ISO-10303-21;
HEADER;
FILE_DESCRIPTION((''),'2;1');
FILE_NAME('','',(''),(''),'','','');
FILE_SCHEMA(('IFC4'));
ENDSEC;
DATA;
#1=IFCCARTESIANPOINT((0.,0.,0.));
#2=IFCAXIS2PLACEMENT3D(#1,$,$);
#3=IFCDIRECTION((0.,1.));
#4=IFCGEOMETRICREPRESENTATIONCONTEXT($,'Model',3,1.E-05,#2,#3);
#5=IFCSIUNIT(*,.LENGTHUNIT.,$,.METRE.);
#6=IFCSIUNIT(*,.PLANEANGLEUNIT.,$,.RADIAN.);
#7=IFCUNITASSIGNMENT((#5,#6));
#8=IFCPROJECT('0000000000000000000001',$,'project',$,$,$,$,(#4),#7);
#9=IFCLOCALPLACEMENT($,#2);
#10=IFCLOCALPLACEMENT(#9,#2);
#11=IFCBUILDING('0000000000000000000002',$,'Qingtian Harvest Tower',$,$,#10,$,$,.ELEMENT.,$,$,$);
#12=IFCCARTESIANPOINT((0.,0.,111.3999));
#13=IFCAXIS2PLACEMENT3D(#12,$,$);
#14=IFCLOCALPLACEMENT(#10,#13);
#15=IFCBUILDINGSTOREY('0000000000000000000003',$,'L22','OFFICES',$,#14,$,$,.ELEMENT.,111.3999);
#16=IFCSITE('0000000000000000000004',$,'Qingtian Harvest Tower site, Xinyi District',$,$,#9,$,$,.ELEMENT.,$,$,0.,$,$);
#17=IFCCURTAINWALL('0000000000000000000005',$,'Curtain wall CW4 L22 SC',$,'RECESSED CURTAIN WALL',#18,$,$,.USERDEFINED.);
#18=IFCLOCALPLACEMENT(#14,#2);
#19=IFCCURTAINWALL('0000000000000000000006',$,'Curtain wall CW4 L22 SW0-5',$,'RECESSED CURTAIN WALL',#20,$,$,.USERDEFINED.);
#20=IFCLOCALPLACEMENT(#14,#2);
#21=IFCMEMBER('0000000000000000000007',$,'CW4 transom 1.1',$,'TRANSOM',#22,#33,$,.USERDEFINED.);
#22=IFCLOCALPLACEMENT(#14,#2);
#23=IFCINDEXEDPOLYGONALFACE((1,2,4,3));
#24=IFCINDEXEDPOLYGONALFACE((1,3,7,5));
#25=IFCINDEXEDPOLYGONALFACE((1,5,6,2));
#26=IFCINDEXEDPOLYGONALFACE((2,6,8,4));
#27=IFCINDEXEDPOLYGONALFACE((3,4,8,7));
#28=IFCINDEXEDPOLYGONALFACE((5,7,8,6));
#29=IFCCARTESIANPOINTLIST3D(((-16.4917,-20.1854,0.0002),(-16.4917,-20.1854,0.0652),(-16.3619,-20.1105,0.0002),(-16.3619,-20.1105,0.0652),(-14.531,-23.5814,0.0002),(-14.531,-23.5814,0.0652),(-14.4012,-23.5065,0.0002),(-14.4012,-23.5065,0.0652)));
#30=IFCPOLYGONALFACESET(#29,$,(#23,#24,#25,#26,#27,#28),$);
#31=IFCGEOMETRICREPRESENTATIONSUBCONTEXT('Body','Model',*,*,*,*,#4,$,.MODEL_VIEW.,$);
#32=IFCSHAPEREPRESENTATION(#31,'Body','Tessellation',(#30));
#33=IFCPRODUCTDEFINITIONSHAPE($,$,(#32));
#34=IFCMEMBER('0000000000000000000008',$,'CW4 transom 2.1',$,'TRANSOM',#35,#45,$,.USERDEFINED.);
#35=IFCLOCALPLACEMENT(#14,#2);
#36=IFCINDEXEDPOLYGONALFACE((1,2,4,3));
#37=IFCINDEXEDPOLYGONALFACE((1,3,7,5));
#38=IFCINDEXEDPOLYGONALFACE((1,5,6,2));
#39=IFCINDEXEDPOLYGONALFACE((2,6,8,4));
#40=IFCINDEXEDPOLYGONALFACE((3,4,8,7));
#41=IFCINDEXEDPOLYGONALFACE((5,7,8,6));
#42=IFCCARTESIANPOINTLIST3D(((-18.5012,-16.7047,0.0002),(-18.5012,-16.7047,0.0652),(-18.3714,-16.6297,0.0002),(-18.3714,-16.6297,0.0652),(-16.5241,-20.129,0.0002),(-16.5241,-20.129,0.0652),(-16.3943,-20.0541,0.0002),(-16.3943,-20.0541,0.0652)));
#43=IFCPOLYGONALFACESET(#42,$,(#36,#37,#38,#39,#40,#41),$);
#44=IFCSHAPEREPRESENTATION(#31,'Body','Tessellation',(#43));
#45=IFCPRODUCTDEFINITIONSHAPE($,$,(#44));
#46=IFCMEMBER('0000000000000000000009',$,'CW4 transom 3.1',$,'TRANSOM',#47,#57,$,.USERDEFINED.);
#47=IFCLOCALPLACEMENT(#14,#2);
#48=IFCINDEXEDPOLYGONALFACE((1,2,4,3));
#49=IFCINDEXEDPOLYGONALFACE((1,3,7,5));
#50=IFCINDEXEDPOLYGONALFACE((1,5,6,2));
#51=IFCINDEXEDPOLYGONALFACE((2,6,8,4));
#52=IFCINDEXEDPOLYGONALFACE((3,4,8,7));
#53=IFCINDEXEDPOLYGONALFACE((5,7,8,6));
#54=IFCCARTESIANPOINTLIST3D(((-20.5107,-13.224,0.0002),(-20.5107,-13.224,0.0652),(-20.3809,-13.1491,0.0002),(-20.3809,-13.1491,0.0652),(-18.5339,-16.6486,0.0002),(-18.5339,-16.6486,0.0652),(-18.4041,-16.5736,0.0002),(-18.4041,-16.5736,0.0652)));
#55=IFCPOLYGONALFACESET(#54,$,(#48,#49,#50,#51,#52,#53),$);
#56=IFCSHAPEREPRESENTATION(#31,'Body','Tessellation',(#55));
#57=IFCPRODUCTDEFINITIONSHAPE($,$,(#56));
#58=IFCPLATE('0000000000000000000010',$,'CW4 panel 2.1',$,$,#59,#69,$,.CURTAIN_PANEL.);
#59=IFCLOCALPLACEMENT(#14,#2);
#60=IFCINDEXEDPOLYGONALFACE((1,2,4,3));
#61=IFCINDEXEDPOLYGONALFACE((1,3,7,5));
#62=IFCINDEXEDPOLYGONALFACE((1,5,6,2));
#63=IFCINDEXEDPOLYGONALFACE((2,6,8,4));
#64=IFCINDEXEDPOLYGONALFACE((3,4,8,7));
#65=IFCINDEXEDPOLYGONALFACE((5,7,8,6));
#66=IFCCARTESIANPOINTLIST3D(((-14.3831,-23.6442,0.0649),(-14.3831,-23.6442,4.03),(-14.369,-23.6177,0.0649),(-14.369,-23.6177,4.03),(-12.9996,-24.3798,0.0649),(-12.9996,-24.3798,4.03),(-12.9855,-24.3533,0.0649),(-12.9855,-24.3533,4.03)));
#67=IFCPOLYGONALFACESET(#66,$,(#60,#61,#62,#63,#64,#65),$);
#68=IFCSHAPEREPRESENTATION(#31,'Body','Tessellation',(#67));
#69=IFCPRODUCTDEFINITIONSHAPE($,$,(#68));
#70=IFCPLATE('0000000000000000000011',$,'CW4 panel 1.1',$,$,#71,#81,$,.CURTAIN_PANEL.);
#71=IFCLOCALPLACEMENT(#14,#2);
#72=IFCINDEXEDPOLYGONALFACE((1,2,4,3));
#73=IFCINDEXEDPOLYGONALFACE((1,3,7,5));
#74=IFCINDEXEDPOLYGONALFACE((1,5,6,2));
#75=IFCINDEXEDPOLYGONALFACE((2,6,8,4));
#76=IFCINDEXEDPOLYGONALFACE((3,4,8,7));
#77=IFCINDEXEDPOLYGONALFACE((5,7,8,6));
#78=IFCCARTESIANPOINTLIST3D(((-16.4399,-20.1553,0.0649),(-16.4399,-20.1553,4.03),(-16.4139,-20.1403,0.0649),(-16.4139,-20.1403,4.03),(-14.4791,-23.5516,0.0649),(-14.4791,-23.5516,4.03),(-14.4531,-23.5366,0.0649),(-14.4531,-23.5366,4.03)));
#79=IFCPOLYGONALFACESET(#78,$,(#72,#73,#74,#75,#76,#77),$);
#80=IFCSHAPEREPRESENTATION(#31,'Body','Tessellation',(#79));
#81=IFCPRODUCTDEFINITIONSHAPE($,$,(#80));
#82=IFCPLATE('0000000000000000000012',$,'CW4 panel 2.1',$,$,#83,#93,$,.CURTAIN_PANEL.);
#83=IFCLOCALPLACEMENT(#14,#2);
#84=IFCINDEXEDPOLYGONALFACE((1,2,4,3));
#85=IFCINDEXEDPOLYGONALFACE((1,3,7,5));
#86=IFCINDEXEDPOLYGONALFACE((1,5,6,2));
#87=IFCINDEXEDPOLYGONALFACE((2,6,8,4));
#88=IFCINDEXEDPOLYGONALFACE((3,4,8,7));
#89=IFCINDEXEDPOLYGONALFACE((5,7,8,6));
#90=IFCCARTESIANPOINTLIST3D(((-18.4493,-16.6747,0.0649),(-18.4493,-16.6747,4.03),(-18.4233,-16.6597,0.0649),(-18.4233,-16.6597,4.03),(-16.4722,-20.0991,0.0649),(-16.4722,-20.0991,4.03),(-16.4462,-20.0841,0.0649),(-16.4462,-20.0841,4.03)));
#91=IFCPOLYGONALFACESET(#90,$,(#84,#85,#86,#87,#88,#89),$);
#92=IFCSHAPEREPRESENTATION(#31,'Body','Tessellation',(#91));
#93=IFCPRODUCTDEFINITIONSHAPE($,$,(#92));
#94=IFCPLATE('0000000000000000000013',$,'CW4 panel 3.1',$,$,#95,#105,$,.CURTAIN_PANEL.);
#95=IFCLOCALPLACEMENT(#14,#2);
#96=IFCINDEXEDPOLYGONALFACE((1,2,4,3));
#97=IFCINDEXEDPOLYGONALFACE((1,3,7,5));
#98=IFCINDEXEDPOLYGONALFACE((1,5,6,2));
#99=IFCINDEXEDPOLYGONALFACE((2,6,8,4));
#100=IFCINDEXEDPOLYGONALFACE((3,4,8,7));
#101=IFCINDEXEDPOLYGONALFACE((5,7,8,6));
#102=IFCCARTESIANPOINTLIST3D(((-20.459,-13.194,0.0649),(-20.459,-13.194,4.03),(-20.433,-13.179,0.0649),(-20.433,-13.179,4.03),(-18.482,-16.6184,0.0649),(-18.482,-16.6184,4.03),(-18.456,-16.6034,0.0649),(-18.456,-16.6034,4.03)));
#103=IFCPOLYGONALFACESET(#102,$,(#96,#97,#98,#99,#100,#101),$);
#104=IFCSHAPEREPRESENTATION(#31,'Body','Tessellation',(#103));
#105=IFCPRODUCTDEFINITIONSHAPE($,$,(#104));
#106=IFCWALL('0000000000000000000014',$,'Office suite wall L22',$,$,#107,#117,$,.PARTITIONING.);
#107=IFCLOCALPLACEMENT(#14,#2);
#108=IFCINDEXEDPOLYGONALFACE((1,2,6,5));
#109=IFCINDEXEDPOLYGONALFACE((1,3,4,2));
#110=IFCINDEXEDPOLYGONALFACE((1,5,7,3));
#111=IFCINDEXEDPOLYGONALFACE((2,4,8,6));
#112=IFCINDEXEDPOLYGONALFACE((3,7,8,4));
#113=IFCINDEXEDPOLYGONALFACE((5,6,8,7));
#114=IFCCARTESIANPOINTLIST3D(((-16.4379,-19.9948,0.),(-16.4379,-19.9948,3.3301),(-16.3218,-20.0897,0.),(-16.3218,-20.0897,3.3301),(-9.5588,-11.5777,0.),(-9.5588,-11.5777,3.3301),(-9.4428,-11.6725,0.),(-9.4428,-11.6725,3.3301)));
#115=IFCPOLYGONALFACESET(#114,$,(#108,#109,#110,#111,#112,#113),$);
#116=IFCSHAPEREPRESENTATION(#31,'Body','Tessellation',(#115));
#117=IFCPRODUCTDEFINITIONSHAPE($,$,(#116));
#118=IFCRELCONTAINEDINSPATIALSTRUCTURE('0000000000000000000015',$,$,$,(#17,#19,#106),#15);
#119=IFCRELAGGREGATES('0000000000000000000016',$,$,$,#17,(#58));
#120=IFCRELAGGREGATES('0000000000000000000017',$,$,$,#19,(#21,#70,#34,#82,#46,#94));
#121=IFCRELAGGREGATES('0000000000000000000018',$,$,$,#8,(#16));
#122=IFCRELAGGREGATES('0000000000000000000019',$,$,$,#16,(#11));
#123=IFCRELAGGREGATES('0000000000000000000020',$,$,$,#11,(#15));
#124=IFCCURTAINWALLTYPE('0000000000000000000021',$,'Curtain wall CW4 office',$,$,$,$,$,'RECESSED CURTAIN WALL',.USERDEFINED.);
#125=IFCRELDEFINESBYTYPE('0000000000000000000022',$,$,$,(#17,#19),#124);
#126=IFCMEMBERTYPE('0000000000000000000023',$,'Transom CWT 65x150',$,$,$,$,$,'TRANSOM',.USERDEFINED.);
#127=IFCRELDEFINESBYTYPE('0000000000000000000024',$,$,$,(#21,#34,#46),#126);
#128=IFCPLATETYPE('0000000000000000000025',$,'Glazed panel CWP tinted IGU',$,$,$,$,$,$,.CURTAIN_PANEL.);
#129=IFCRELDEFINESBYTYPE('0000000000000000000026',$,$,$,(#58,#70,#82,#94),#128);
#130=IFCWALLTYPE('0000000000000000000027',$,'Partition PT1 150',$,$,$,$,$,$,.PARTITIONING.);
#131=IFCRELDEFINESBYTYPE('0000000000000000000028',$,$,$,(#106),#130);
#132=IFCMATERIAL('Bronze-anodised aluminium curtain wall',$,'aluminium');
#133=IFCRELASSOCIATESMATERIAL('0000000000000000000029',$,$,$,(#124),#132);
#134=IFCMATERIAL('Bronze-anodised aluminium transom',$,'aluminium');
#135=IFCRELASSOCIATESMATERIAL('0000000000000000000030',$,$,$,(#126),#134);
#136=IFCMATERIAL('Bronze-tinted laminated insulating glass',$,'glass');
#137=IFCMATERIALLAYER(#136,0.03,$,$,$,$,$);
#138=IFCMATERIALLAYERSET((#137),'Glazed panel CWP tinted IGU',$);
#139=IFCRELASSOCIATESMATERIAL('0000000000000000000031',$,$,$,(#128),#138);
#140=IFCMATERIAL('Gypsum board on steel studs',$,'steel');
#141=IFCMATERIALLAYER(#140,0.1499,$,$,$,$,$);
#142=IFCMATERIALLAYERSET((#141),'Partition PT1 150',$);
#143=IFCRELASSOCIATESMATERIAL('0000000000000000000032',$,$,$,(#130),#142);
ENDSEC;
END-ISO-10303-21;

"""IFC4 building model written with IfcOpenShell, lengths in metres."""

from ifc_helpers import new_model, si_unit, direction, frame, frame_2d, origin, origin_2d, place, context, subcontext, project, spatial, rectangle, extrude, material, layer, layer_set, material_profile, profile_set, type_object, element, aggregate, save


model = new_model("IFC4")

# Units and contexts
model_context = context("Model", 3, precision=1e-05, world=origin(), true_north=direction((0.0, 1.0)))
body_context = subcontext(model_context, "Body", "Model", "MODEL_VIEW")
ifc_project = project(units=[si_unit("LENGTHUNIT", "METRE"), si_unit("PLANEANGLEUNIT", "RADIAN")], contexts=[model_context])

# Site, building, storey
site_placement = place(None, origin())
site = spatial("IfcSite", under=ifc_project, at=site_placement, Name="Qingtian Harvest Tower site, Xinyi District", CompositionType="ELEMENT", RefElevation=0.0)
building_placement = place(site_placement, origin())
building = spatial("IfcBuilding", under=site, at=building_placement, Name="Qingtian Harvest Tower", CompositionType="ELEMENT")
storey_placement = place(building_placement, frame((0.0, 0.0, 111.3999)))
storey = spatial("IfcBuildingStorey", under=building, at=storey_placement, Name="L22", Description="OFFICES", CompositionType="ELEMENT", Elevation=111.3999)

# Curtain walls
ifc_material_1 = material(Name="Bronze-anodised aluminium curtain wall", Category="aluminium")
curtain_wall_type = type_object("IfcCurtainWallType", Name="Curtain wall CW4 office", ElementType="RECESSED CURTAIN WALL", PredefinedType="USERDEFINED", material=ifc_material_1)
curtain_wall_1_placement = place(storey_placement, origin())
curtain_wall_1 = element("IfcCurtainWall", 1, at=curtain_wall_1_placement, inside=storey, type_object=curtain_wall_type, Name="Curtain wall CW4 L22 SC", ObjectType="RECESSED CURTAIN WALL", PredefinedType="USERDEFINED")
curtain_wall_2_placement = place(storey_placement, origin())
curtain_wall_2 = element("IfcCurtainWall", 2, at=curtain_wall_2_placement, inside=storey, type_object=curtain_wall_type, Name="Curtain wall CW4 L22 SW0-5", ObjectType="RECESSED CURTAIN WALL", PredefinedType="USERDEFINED")

# Members
ifc_material_2 = material(Name="Bronze-anodised aluminium transom", Category="aluminium")
ifc_material_profile_1 = material_profile(ifc_material_2, rectangle(XDim=0.1499, YDim=0.0649, at=origin_2d()), Name="AL 65x150")
ifc_profile_set_1 = profile_set([ifc_material_profile_1], Name="Bronze-anodised aluminium transom")
member_type_1 = type_object("IfcMemberType", Name="Transom CWT 65x150", ElementType="TRANSOM", PredefinedType="USERDEFINED", material=ifc_profile_set_1)
member_1_placement = place(storey_placement, frame((-14.4661, -23.5439, 0.0327), z_axis=(-0.500003, 0.866024, 0.0), x_axis=(-0.866024, -0.500003, 0.0)))
member_1 = element("IfcMember", 3, at=member_1_placement, type_object=member_type_1, Name="CW4 transom 1.1", ObjectType="TRANSOM", PredefinedType="USERDEFINED", context=body_context, shape_type="SweptSolid", body=[
    extrude(rectangle(XDim=0.1499, YDim=0.0649, at=origin_2d()), origin(), (0.0, 0.0, 1.0), 3.9214),
])
member_2_placement = place(storey_placement, frame((-16.4592, -20.0916, 0.0327), z_axis=(-0.500004, 0.866023, 0.0), x_axis=(-0.866023, -0.500004, 0.0)))
member_2 = element("IfcMember", 4, at=member_2_placement, type_object=member_type_1, Name="CW4 transom 2.1", ObjectType="TRANSOM", PredefinedType="USERDEFINED", context=body_context, shape_type="SweptSolid", body=[
    extrude(rectangle(XDim=0.1499, YDim=0.0649, at=origin_2d()), origin(), (0.0, 0.0, 1.0), 3.9541),
])
member_3_placement = place(storey_placement, frame((-18.469, -16.6111, 0.0327), z_axis=(-0.499931, 0.866065, 0.0), x_axis=(-0.866065, -0.499931, 0.0)))
member_3 = element("IfcMember", 5, at=member_3_placement, type_object=member_type_1, Name="CW4 transom 3.1", ObjectType="TRANSOM", PredefinedType="USERDEFINED", context=body_context, shape_type="SweptSolid", body=[
    extrude(rectangle(XDim=0.1499, YDim=0.0649, at=origin_2d()), origin(), (0.0, 0.0, 1.0), 3.9541),
])

# Plates
ifc_material_3 = material(Name="Bronze-tinted laminated insulating glass", Category="glass")
ifc_layer_1 = layer(ifc_material_3, 0.03)
ifc_layer_set_1 = layer_set([ifc_layer_1], Name="Glazed panel CWP tinted IGU")
plate_type = type_object("IfcPlateType", Name="Glazed panel CWP tinted IGU", PredefinedType="CURTAIN_PANEL", material=ifc_layer_set_1)
plate_1_placement = place(storey_placement, frame((-13.6843, -23.9988, 0.0649), z_axis=(0.0, 0.0, 1.0), x_axis=(-0.882948, 0.469472, 0.0)))
plate_1 = element("IfcPlate", 6, at=plate_1_placement, type_object=plate_type, Name="CW4 panel 2.1", PredefinedType="CURTAIN_PANEL", context=body_context, shape_type="SweptSolid", body=[
    extrude(rectangle(XDim=1.5669, YDim=0.03, at=origin_2d()), origin(), (0.0, 0.0, 1.0), 3.9651),
])
aggregate(curtain_wall_1, [plate_1])
plate_2_placement = place(storey_placement, frame((-15.4465, -21.8459, 0.0649), z_axis=(0.0, 0.0, 1.0), x_axis=(-0.5, 0.866025, 0.0)))
plate_2 = element("IfcPlate", 7, at=plate_2_placement, type_object=plate_type, Name="CW4 panel 1.1", PredefinedType="CURTAIN_PANEL", context=body_context, shape_type="SweptSolid", body=[
    extrude(rectangle(XDim=3.9216, YDim=0.03, at=origin_2d()), origin(), (0.0, 0.0, 1.0), 3.9651),
])
plate_3_placement = place(storey_placement, frame((-17.4478, -18.3794, 0.0649), z_axis=(0.0, 0.0, 1.0), x_axis=(-0.5, 0.866025, 0.0)))
plate_3 = element("IfcPlate", 8, at=plate_3_placement, type_object=plate_type, Name="CW4 panel 2.1", PredefinedType="CURTAIN_PANEL", context=body_context, shape_type="SweptSolid", body=[
    extrude(rectangle(XDim=3.9541, YDim=0.03, at=origin_2d()), origin(), (0.0, 0.0, 1.0), 3.9651),
])
plate_4_placement = place(storey_placement, frame((-19.4575, -14.8987, 0.0649), z_axis=(0.0, 0.0, 1.0), x_axis=(-0.5, 0.866025, 0.0)))
plate_4 = element("IfcPlate", 9, at=plate_4_placement, type_object=plate_type, Name="CW4 panel 3.1", PredefinedType="CURTAIN_PANEL", context=body_context, shape_type="SweptSolid", body=[
    extrude(rectangle(XDim=3.9541, YDim=0.03, at=origin_2d()), origin(), (0.0, 0.0, 1.0), 3.9651),
])
aggregate(curtain_wall_2, [member_1, plate_2, member_2, plate_3, member_3, plate_4])

# Wall
ifc_material_4 = material(Name="Gypsum board on steel studs", Category="steel")
ifc_layer_2 = layer(ifc_material_4, 0.1499)
ifc_layer_set_2 = layer_set([ifc_layer_2], Name="Partition PT1 150")
wall_type = type_object("IfcWallType", Name="Partition PT1 150", PredefinedType="PARTITIONING", material=ifc_layer_set_2)
wall_placement = place(storey_placement, frame((-16.3799, -20.0422, 0.0), z_axis=(0.0, 0.0, 1.0), x_axis=(0.632815, 0.774303, 0.0)))
element("IfcWall", 10, at=wall_placement, inside=storey, type_object=wall_type, Name="Office suite wall L22", PredefinedType="PARTITIONING", context=body_context, shape_type="SweptSolid", body=[
    extrude(rectangle(XDim=10.8706, YDim=0.1499, at=frame_2d((5.4353, 0.0))), origin(), (0.0, 0.0, 1.0), 3.3301),
])

save(model, "model.ifc")
